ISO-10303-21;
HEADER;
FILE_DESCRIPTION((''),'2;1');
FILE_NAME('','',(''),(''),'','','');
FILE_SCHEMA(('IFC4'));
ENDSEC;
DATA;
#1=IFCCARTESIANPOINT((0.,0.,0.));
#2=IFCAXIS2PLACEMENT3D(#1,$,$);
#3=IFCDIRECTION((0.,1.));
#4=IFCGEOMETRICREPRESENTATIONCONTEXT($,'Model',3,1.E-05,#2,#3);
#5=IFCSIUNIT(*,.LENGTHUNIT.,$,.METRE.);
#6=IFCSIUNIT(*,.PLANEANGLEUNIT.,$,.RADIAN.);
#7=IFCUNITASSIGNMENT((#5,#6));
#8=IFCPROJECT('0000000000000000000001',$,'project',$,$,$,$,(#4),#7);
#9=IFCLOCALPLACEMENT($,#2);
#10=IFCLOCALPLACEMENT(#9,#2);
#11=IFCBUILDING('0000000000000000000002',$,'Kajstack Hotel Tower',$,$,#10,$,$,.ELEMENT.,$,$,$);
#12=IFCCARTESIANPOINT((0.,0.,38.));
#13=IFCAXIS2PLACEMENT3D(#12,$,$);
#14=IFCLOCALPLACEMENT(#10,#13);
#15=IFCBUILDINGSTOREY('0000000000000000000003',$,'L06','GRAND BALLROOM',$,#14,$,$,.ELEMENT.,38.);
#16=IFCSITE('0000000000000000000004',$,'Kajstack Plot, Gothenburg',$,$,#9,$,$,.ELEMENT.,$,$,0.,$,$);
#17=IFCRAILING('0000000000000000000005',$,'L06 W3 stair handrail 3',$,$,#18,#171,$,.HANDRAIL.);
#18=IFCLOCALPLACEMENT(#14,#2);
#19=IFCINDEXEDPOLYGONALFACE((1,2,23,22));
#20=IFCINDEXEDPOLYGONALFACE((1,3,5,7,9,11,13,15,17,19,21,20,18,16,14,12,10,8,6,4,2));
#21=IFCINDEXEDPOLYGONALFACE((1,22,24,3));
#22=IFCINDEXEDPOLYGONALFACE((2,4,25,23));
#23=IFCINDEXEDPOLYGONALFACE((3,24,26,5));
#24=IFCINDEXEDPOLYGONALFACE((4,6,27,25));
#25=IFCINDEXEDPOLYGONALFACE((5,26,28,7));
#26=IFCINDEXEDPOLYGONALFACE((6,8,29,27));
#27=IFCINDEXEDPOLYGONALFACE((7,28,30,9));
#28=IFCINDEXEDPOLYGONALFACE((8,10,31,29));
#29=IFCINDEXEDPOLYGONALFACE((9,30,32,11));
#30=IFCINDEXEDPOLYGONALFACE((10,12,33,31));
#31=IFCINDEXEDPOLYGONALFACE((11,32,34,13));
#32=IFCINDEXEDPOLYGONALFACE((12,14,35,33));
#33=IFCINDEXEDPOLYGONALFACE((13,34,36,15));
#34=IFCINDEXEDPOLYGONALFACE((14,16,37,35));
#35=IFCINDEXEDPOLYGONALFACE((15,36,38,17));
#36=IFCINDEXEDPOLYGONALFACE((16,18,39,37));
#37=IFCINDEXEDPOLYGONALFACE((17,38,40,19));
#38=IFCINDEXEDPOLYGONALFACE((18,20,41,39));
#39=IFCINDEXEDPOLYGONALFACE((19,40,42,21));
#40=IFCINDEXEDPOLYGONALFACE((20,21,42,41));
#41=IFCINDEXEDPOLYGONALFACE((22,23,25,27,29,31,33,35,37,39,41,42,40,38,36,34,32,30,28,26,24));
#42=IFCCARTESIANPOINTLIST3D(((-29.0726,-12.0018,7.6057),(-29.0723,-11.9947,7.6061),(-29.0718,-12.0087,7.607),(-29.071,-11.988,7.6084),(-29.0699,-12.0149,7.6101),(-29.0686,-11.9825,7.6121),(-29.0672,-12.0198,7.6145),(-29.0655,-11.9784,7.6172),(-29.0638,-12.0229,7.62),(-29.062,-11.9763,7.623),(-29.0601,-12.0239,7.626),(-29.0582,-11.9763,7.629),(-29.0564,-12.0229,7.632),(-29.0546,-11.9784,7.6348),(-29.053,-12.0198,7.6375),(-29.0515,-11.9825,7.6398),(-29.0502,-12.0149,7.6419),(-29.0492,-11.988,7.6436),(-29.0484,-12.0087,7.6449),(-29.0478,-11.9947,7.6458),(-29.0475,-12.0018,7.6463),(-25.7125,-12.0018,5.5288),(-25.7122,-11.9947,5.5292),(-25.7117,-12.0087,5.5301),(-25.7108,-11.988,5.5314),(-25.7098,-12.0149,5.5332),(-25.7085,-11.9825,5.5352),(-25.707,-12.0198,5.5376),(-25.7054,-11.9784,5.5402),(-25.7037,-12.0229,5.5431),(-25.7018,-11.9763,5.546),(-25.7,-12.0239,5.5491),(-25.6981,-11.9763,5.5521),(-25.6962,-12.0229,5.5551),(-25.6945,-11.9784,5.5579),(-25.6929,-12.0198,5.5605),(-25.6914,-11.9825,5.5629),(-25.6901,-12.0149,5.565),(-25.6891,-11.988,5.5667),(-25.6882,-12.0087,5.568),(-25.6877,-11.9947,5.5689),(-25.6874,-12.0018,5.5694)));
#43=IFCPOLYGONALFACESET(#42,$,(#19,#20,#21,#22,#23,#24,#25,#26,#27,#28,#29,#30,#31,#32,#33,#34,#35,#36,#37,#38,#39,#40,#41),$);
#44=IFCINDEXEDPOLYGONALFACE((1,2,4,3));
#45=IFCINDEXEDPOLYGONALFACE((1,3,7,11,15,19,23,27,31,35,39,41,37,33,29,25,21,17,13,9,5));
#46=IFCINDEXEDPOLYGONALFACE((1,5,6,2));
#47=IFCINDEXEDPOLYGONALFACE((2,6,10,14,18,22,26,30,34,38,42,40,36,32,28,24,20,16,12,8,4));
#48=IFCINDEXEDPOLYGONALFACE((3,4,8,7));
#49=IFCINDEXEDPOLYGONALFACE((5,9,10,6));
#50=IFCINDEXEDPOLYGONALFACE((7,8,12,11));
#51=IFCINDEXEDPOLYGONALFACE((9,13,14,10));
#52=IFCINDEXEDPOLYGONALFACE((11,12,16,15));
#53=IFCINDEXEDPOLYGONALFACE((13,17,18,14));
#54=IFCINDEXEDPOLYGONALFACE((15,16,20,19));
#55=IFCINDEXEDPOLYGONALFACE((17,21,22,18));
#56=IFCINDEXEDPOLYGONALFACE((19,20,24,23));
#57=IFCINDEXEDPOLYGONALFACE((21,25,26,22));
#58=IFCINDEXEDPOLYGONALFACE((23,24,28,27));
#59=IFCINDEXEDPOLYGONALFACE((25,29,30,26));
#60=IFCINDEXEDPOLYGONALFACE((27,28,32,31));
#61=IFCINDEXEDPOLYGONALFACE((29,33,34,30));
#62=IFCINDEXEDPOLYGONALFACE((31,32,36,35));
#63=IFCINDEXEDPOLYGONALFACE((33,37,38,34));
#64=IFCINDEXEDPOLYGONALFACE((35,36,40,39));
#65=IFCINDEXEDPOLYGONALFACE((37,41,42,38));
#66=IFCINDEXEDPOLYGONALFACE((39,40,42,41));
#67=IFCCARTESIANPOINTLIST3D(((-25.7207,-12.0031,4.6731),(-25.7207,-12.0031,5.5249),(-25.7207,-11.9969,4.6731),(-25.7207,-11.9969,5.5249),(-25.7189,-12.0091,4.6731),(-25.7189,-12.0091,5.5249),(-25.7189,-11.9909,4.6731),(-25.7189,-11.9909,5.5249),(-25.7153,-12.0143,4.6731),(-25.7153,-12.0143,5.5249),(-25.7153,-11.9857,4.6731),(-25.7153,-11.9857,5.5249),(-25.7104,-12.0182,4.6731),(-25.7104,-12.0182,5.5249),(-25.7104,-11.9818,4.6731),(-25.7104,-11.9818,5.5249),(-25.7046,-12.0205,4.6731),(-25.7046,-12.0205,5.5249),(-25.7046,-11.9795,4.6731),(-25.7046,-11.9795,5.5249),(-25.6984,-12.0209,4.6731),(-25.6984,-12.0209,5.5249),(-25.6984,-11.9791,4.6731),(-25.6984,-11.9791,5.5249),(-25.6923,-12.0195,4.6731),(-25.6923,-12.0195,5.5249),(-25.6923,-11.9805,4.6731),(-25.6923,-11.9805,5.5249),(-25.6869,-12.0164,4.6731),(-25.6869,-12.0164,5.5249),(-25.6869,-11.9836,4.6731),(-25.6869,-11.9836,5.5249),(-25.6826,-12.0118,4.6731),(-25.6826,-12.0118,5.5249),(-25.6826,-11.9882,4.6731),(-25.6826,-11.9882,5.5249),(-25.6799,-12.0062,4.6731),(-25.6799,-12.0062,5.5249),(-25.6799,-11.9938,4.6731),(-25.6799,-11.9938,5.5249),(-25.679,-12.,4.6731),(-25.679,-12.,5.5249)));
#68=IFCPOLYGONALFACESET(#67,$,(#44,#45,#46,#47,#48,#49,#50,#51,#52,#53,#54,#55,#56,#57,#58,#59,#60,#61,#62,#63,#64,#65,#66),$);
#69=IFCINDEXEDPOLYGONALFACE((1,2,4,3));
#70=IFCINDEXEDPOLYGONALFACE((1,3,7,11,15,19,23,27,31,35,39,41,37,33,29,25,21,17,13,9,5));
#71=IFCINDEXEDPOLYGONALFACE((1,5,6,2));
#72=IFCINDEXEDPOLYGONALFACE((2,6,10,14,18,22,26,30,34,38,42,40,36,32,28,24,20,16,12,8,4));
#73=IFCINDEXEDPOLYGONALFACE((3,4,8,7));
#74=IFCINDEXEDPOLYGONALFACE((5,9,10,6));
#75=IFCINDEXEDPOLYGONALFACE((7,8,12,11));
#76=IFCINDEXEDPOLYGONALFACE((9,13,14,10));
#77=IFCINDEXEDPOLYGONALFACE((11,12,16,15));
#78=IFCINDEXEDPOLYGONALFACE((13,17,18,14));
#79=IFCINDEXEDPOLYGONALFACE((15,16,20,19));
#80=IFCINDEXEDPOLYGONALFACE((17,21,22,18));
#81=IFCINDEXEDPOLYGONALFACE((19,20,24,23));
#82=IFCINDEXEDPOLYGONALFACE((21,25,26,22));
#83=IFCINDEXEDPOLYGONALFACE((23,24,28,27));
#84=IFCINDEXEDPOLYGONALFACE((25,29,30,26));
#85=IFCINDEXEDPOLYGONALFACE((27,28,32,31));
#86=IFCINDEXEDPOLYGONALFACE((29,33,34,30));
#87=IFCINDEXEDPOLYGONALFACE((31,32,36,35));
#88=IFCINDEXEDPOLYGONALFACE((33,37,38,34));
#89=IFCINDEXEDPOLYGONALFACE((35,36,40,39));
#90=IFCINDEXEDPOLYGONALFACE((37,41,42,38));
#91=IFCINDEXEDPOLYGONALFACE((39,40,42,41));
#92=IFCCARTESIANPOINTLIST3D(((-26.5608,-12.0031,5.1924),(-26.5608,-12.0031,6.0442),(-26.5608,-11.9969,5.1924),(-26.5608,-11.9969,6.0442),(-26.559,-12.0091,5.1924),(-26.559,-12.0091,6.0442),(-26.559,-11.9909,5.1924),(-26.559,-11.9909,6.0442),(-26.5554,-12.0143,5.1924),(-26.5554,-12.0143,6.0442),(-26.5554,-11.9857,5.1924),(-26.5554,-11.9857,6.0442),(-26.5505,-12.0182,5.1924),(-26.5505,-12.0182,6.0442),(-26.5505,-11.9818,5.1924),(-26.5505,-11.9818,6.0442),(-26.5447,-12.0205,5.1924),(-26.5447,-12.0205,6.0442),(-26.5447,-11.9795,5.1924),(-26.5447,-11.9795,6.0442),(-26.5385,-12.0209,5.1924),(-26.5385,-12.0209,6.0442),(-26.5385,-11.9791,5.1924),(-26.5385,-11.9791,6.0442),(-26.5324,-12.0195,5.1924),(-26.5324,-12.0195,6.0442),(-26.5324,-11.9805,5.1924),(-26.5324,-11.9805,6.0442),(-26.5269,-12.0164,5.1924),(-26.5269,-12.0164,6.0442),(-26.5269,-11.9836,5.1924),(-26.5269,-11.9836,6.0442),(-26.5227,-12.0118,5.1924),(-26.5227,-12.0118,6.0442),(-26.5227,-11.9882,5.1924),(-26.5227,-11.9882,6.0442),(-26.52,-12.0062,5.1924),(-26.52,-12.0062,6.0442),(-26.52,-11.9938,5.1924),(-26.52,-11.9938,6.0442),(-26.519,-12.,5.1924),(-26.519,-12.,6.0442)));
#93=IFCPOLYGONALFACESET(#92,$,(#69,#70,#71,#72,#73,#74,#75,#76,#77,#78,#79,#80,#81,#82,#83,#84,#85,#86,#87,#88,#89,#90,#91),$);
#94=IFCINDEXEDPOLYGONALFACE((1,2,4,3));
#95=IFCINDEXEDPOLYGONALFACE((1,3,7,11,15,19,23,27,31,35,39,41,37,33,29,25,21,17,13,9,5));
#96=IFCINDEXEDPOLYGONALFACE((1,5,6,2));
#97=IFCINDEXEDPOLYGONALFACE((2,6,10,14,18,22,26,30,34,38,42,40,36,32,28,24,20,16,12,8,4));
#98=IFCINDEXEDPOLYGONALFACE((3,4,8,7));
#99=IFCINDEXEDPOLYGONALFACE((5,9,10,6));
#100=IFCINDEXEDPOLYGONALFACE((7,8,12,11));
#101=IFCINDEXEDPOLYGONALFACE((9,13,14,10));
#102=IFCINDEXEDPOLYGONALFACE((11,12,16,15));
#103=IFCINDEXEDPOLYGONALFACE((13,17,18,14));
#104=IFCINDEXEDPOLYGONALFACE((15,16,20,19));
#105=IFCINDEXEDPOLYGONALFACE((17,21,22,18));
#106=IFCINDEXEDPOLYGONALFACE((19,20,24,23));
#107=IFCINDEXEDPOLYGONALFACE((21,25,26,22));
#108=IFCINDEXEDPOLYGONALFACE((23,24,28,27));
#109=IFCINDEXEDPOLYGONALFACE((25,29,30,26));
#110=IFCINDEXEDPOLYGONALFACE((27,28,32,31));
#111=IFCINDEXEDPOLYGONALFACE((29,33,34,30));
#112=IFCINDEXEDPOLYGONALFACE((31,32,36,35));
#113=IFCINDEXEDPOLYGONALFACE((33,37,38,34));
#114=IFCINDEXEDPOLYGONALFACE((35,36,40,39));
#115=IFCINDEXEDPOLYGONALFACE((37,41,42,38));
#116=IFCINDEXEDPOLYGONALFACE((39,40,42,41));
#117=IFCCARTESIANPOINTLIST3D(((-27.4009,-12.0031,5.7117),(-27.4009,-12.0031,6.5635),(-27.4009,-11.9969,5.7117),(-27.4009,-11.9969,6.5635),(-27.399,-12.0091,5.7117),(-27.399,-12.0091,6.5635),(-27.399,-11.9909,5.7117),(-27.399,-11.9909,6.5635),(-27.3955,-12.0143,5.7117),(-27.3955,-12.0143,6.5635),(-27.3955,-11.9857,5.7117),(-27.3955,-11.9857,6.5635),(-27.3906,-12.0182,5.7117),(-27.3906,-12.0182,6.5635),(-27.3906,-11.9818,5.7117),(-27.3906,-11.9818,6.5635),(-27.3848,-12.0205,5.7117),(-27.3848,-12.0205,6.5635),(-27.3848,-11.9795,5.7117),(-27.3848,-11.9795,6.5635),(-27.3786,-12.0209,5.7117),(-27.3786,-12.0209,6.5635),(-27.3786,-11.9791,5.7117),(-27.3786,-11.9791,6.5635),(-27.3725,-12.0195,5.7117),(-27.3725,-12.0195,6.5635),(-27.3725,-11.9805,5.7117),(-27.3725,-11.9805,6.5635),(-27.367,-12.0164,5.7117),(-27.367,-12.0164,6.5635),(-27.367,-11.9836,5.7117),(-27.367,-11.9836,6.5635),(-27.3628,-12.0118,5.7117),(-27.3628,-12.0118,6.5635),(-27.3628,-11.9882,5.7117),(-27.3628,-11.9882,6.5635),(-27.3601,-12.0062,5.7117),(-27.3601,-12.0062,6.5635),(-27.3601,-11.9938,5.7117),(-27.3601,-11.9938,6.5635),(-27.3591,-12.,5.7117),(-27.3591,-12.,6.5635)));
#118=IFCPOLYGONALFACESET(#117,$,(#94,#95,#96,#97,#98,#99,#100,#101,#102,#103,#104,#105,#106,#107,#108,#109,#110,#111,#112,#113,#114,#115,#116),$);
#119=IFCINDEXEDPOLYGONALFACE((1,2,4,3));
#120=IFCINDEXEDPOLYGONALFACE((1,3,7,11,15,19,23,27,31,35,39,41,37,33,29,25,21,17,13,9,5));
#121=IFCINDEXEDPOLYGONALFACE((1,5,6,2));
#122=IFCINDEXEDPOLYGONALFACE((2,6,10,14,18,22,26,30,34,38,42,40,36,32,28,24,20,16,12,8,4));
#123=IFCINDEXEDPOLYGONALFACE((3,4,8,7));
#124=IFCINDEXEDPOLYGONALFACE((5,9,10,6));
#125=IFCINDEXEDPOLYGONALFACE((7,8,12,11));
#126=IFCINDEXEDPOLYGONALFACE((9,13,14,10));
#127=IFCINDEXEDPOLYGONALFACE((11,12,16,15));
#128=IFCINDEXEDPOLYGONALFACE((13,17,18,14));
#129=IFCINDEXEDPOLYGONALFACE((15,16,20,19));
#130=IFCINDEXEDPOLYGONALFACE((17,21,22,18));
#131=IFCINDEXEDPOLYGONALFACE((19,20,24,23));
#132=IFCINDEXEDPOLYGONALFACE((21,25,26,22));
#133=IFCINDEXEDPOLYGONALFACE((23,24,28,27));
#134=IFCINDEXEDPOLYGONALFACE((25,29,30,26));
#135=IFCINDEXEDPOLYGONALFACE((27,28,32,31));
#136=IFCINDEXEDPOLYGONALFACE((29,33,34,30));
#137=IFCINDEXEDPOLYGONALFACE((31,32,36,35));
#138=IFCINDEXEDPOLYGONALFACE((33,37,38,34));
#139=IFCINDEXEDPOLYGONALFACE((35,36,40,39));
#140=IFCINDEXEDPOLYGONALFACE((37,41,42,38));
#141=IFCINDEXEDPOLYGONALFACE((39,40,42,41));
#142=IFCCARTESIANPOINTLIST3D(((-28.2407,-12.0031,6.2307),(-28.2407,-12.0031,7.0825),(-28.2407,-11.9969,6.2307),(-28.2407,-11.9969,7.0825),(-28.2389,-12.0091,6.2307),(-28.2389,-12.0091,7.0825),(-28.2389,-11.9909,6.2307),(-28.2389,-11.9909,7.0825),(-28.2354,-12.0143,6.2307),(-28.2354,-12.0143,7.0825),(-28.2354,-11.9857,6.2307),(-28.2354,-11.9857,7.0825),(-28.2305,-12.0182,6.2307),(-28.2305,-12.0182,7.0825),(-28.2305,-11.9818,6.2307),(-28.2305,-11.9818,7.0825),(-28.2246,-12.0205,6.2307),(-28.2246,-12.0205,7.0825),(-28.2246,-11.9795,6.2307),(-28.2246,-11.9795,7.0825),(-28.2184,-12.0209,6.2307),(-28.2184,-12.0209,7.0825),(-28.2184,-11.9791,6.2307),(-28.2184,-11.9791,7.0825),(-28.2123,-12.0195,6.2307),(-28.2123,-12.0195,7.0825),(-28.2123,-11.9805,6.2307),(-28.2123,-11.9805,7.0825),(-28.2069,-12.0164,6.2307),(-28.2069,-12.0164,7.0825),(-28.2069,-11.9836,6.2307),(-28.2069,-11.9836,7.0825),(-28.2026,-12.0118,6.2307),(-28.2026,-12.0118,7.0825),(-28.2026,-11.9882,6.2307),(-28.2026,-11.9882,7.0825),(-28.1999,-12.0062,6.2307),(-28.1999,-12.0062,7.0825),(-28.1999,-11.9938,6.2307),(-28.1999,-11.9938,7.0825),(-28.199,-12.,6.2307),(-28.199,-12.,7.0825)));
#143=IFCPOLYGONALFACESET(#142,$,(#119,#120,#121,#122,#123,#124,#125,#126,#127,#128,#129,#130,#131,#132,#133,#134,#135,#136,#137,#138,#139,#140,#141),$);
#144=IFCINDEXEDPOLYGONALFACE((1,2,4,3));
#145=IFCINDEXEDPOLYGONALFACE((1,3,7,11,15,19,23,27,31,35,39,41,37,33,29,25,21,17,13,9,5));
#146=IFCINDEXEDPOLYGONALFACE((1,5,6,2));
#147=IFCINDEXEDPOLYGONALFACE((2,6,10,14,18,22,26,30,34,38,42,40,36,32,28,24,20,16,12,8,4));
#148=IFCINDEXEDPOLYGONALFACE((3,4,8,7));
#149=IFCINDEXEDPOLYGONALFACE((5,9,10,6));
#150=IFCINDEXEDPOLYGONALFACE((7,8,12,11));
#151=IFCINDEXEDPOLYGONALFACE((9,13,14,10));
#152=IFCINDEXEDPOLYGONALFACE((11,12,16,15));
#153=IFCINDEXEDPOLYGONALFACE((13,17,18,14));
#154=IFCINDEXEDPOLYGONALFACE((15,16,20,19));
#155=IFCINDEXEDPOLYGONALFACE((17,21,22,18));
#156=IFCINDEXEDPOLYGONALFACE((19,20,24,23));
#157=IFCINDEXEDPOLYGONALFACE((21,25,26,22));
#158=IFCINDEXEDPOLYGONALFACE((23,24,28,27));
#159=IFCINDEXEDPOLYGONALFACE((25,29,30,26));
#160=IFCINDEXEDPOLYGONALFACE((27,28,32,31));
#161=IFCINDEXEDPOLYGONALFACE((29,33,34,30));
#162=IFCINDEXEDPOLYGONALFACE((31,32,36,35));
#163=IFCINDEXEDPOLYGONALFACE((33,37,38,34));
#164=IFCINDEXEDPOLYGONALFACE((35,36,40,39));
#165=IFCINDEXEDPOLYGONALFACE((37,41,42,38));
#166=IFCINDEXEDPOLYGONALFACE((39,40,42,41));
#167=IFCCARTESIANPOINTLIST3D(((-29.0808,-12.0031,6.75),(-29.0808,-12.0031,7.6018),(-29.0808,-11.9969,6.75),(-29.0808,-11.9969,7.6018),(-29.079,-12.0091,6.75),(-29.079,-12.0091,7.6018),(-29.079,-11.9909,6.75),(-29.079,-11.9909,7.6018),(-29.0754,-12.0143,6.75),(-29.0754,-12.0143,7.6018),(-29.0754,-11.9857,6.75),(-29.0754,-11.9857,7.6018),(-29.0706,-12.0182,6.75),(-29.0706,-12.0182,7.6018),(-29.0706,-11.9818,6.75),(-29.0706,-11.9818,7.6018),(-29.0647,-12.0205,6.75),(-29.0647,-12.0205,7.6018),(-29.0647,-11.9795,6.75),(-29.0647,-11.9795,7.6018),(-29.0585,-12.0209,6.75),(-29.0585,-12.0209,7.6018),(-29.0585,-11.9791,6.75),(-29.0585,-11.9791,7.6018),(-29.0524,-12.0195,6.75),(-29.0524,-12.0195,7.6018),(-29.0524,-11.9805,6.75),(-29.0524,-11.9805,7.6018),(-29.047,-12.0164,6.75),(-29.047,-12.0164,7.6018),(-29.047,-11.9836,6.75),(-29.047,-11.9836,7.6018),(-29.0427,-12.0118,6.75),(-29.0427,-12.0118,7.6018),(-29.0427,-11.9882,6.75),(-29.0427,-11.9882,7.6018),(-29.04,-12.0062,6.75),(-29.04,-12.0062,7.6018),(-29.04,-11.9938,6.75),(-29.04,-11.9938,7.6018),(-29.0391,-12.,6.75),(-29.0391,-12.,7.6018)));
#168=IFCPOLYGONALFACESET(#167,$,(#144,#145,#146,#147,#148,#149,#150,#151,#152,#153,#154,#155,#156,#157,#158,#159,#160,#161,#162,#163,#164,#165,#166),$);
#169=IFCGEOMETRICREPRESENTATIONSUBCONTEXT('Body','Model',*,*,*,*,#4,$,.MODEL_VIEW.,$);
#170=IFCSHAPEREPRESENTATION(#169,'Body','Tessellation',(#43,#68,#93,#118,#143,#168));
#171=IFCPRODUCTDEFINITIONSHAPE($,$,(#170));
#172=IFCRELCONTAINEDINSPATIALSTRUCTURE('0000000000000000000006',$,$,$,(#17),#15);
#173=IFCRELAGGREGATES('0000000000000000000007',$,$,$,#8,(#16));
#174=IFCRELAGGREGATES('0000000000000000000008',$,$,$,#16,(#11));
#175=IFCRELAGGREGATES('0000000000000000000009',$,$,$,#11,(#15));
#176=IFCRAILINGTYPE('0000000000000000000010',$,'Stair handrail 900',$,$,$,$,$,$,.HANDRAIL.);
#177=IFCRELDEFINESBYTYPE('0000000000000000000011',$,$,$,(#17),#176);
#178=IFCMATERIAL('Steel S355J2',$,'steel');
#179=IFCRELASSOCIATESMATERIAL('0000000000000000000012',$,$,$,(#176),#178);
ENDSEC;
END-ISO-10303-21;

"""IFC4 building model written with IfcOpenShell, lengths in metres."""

from ifc_helpers import new_model, si_unit, direction, frame, origin, origin_2d, place, context, subcontext, project, spatial, circle, extrude, material, type_object, element, save


model = new_model("IFC4")

# Units and contexts
model_context = context("Model", 3, precision=1e-05, world=origin(), true_north=direction((0.0, 1.0)))
body_context = subcontext(model_context, "Body", "Model", "MODEL_VIEW")
ifc_project = project(units=[si_unit("LENGTHUNIT", "METRE"), si_unit("PLANEANGLEUNIT", "RADIAN")], contexts=[model_context])

# Site, building, storey
site_placement = place(None, origin())
site = spatial("IfcSite", under=ifc_project, at=site_placement, Name="Kajstack Plot, Gothenburg", CompositionType="ELEMENT", RefElevation=0.0)
building_placement = place(site_placement, origin())
building = spatial("IfcBuilding", under=site, at=building_placement, Name="Kajstack Hotel Tower", CompositionType="ELEMENT")
storey_placement = place(building_placement, frame((0.0, 0.0, 38.0)))
storey = spatial("IfcBuildingStorey", under=building, at=storey_placement, Name="L06", Description="GRAND BALLROOM", CompositionType="ELEMENT", Elevation=38.0)

# Railing
ifc_material_1 = material(Name="Steel S355J2", Category="steel")
railing_type_1 = type_object("IfcRailingType", Name="Stair handrail 900", PredefinedType="HANDRAIL", material=ifc_material_1)
railing_1_placement = place(storey_placement, frame((-25.7, -12.0, 4.6731)))
element("IfcRailing", 1, at=railing_1_placement, inside=storey, type_object=railing_type_1, Name="L06 W3 stair handrail 3", PredefinedType="HANDRAIL", context=body_context, shape_type="SweptSolid", body=[
    extrude(circle(Radius=0.0239, at=origin_2d()), frame((0.0, 0.0, 0.876), z_axis=(-0.850623, 0.0, 0.525776), x_axis=(0.0, -1.0, 0.0)), (0.0, 0.0, 1.0), 3.9502),
    extrude(circle(Radius=0.021, at=origin_2d()), origin(), (0.0, 0.0, 1.0), 0.8518),
    extrude(circle(Radius=0.021, at=origin_2d()), frame((-0.8401, 0.0, 0.5193)), (0.0, 0.0, 1.0), 0.8518),
    extrude(circle(Radius=0.021, at=origin_2d()), frame((-1.6802, 0.0, 1.0386)), (0.0, 0.0, 1.0), 0.8518),
    extrude(circle(Radius=0.021, at=origin_2d()), frame((-2.52, 0.0, 1.5576)), (0.0, 0.0, 1.0), 0.8518),
    extrude(circle(Radius=0.021, at=origin_2d()), frame((-3.3601, 0.0, 2.0769)), (0.0, 0.0, 1.0), 0.8518),
])

save(model, "model.ifc")
